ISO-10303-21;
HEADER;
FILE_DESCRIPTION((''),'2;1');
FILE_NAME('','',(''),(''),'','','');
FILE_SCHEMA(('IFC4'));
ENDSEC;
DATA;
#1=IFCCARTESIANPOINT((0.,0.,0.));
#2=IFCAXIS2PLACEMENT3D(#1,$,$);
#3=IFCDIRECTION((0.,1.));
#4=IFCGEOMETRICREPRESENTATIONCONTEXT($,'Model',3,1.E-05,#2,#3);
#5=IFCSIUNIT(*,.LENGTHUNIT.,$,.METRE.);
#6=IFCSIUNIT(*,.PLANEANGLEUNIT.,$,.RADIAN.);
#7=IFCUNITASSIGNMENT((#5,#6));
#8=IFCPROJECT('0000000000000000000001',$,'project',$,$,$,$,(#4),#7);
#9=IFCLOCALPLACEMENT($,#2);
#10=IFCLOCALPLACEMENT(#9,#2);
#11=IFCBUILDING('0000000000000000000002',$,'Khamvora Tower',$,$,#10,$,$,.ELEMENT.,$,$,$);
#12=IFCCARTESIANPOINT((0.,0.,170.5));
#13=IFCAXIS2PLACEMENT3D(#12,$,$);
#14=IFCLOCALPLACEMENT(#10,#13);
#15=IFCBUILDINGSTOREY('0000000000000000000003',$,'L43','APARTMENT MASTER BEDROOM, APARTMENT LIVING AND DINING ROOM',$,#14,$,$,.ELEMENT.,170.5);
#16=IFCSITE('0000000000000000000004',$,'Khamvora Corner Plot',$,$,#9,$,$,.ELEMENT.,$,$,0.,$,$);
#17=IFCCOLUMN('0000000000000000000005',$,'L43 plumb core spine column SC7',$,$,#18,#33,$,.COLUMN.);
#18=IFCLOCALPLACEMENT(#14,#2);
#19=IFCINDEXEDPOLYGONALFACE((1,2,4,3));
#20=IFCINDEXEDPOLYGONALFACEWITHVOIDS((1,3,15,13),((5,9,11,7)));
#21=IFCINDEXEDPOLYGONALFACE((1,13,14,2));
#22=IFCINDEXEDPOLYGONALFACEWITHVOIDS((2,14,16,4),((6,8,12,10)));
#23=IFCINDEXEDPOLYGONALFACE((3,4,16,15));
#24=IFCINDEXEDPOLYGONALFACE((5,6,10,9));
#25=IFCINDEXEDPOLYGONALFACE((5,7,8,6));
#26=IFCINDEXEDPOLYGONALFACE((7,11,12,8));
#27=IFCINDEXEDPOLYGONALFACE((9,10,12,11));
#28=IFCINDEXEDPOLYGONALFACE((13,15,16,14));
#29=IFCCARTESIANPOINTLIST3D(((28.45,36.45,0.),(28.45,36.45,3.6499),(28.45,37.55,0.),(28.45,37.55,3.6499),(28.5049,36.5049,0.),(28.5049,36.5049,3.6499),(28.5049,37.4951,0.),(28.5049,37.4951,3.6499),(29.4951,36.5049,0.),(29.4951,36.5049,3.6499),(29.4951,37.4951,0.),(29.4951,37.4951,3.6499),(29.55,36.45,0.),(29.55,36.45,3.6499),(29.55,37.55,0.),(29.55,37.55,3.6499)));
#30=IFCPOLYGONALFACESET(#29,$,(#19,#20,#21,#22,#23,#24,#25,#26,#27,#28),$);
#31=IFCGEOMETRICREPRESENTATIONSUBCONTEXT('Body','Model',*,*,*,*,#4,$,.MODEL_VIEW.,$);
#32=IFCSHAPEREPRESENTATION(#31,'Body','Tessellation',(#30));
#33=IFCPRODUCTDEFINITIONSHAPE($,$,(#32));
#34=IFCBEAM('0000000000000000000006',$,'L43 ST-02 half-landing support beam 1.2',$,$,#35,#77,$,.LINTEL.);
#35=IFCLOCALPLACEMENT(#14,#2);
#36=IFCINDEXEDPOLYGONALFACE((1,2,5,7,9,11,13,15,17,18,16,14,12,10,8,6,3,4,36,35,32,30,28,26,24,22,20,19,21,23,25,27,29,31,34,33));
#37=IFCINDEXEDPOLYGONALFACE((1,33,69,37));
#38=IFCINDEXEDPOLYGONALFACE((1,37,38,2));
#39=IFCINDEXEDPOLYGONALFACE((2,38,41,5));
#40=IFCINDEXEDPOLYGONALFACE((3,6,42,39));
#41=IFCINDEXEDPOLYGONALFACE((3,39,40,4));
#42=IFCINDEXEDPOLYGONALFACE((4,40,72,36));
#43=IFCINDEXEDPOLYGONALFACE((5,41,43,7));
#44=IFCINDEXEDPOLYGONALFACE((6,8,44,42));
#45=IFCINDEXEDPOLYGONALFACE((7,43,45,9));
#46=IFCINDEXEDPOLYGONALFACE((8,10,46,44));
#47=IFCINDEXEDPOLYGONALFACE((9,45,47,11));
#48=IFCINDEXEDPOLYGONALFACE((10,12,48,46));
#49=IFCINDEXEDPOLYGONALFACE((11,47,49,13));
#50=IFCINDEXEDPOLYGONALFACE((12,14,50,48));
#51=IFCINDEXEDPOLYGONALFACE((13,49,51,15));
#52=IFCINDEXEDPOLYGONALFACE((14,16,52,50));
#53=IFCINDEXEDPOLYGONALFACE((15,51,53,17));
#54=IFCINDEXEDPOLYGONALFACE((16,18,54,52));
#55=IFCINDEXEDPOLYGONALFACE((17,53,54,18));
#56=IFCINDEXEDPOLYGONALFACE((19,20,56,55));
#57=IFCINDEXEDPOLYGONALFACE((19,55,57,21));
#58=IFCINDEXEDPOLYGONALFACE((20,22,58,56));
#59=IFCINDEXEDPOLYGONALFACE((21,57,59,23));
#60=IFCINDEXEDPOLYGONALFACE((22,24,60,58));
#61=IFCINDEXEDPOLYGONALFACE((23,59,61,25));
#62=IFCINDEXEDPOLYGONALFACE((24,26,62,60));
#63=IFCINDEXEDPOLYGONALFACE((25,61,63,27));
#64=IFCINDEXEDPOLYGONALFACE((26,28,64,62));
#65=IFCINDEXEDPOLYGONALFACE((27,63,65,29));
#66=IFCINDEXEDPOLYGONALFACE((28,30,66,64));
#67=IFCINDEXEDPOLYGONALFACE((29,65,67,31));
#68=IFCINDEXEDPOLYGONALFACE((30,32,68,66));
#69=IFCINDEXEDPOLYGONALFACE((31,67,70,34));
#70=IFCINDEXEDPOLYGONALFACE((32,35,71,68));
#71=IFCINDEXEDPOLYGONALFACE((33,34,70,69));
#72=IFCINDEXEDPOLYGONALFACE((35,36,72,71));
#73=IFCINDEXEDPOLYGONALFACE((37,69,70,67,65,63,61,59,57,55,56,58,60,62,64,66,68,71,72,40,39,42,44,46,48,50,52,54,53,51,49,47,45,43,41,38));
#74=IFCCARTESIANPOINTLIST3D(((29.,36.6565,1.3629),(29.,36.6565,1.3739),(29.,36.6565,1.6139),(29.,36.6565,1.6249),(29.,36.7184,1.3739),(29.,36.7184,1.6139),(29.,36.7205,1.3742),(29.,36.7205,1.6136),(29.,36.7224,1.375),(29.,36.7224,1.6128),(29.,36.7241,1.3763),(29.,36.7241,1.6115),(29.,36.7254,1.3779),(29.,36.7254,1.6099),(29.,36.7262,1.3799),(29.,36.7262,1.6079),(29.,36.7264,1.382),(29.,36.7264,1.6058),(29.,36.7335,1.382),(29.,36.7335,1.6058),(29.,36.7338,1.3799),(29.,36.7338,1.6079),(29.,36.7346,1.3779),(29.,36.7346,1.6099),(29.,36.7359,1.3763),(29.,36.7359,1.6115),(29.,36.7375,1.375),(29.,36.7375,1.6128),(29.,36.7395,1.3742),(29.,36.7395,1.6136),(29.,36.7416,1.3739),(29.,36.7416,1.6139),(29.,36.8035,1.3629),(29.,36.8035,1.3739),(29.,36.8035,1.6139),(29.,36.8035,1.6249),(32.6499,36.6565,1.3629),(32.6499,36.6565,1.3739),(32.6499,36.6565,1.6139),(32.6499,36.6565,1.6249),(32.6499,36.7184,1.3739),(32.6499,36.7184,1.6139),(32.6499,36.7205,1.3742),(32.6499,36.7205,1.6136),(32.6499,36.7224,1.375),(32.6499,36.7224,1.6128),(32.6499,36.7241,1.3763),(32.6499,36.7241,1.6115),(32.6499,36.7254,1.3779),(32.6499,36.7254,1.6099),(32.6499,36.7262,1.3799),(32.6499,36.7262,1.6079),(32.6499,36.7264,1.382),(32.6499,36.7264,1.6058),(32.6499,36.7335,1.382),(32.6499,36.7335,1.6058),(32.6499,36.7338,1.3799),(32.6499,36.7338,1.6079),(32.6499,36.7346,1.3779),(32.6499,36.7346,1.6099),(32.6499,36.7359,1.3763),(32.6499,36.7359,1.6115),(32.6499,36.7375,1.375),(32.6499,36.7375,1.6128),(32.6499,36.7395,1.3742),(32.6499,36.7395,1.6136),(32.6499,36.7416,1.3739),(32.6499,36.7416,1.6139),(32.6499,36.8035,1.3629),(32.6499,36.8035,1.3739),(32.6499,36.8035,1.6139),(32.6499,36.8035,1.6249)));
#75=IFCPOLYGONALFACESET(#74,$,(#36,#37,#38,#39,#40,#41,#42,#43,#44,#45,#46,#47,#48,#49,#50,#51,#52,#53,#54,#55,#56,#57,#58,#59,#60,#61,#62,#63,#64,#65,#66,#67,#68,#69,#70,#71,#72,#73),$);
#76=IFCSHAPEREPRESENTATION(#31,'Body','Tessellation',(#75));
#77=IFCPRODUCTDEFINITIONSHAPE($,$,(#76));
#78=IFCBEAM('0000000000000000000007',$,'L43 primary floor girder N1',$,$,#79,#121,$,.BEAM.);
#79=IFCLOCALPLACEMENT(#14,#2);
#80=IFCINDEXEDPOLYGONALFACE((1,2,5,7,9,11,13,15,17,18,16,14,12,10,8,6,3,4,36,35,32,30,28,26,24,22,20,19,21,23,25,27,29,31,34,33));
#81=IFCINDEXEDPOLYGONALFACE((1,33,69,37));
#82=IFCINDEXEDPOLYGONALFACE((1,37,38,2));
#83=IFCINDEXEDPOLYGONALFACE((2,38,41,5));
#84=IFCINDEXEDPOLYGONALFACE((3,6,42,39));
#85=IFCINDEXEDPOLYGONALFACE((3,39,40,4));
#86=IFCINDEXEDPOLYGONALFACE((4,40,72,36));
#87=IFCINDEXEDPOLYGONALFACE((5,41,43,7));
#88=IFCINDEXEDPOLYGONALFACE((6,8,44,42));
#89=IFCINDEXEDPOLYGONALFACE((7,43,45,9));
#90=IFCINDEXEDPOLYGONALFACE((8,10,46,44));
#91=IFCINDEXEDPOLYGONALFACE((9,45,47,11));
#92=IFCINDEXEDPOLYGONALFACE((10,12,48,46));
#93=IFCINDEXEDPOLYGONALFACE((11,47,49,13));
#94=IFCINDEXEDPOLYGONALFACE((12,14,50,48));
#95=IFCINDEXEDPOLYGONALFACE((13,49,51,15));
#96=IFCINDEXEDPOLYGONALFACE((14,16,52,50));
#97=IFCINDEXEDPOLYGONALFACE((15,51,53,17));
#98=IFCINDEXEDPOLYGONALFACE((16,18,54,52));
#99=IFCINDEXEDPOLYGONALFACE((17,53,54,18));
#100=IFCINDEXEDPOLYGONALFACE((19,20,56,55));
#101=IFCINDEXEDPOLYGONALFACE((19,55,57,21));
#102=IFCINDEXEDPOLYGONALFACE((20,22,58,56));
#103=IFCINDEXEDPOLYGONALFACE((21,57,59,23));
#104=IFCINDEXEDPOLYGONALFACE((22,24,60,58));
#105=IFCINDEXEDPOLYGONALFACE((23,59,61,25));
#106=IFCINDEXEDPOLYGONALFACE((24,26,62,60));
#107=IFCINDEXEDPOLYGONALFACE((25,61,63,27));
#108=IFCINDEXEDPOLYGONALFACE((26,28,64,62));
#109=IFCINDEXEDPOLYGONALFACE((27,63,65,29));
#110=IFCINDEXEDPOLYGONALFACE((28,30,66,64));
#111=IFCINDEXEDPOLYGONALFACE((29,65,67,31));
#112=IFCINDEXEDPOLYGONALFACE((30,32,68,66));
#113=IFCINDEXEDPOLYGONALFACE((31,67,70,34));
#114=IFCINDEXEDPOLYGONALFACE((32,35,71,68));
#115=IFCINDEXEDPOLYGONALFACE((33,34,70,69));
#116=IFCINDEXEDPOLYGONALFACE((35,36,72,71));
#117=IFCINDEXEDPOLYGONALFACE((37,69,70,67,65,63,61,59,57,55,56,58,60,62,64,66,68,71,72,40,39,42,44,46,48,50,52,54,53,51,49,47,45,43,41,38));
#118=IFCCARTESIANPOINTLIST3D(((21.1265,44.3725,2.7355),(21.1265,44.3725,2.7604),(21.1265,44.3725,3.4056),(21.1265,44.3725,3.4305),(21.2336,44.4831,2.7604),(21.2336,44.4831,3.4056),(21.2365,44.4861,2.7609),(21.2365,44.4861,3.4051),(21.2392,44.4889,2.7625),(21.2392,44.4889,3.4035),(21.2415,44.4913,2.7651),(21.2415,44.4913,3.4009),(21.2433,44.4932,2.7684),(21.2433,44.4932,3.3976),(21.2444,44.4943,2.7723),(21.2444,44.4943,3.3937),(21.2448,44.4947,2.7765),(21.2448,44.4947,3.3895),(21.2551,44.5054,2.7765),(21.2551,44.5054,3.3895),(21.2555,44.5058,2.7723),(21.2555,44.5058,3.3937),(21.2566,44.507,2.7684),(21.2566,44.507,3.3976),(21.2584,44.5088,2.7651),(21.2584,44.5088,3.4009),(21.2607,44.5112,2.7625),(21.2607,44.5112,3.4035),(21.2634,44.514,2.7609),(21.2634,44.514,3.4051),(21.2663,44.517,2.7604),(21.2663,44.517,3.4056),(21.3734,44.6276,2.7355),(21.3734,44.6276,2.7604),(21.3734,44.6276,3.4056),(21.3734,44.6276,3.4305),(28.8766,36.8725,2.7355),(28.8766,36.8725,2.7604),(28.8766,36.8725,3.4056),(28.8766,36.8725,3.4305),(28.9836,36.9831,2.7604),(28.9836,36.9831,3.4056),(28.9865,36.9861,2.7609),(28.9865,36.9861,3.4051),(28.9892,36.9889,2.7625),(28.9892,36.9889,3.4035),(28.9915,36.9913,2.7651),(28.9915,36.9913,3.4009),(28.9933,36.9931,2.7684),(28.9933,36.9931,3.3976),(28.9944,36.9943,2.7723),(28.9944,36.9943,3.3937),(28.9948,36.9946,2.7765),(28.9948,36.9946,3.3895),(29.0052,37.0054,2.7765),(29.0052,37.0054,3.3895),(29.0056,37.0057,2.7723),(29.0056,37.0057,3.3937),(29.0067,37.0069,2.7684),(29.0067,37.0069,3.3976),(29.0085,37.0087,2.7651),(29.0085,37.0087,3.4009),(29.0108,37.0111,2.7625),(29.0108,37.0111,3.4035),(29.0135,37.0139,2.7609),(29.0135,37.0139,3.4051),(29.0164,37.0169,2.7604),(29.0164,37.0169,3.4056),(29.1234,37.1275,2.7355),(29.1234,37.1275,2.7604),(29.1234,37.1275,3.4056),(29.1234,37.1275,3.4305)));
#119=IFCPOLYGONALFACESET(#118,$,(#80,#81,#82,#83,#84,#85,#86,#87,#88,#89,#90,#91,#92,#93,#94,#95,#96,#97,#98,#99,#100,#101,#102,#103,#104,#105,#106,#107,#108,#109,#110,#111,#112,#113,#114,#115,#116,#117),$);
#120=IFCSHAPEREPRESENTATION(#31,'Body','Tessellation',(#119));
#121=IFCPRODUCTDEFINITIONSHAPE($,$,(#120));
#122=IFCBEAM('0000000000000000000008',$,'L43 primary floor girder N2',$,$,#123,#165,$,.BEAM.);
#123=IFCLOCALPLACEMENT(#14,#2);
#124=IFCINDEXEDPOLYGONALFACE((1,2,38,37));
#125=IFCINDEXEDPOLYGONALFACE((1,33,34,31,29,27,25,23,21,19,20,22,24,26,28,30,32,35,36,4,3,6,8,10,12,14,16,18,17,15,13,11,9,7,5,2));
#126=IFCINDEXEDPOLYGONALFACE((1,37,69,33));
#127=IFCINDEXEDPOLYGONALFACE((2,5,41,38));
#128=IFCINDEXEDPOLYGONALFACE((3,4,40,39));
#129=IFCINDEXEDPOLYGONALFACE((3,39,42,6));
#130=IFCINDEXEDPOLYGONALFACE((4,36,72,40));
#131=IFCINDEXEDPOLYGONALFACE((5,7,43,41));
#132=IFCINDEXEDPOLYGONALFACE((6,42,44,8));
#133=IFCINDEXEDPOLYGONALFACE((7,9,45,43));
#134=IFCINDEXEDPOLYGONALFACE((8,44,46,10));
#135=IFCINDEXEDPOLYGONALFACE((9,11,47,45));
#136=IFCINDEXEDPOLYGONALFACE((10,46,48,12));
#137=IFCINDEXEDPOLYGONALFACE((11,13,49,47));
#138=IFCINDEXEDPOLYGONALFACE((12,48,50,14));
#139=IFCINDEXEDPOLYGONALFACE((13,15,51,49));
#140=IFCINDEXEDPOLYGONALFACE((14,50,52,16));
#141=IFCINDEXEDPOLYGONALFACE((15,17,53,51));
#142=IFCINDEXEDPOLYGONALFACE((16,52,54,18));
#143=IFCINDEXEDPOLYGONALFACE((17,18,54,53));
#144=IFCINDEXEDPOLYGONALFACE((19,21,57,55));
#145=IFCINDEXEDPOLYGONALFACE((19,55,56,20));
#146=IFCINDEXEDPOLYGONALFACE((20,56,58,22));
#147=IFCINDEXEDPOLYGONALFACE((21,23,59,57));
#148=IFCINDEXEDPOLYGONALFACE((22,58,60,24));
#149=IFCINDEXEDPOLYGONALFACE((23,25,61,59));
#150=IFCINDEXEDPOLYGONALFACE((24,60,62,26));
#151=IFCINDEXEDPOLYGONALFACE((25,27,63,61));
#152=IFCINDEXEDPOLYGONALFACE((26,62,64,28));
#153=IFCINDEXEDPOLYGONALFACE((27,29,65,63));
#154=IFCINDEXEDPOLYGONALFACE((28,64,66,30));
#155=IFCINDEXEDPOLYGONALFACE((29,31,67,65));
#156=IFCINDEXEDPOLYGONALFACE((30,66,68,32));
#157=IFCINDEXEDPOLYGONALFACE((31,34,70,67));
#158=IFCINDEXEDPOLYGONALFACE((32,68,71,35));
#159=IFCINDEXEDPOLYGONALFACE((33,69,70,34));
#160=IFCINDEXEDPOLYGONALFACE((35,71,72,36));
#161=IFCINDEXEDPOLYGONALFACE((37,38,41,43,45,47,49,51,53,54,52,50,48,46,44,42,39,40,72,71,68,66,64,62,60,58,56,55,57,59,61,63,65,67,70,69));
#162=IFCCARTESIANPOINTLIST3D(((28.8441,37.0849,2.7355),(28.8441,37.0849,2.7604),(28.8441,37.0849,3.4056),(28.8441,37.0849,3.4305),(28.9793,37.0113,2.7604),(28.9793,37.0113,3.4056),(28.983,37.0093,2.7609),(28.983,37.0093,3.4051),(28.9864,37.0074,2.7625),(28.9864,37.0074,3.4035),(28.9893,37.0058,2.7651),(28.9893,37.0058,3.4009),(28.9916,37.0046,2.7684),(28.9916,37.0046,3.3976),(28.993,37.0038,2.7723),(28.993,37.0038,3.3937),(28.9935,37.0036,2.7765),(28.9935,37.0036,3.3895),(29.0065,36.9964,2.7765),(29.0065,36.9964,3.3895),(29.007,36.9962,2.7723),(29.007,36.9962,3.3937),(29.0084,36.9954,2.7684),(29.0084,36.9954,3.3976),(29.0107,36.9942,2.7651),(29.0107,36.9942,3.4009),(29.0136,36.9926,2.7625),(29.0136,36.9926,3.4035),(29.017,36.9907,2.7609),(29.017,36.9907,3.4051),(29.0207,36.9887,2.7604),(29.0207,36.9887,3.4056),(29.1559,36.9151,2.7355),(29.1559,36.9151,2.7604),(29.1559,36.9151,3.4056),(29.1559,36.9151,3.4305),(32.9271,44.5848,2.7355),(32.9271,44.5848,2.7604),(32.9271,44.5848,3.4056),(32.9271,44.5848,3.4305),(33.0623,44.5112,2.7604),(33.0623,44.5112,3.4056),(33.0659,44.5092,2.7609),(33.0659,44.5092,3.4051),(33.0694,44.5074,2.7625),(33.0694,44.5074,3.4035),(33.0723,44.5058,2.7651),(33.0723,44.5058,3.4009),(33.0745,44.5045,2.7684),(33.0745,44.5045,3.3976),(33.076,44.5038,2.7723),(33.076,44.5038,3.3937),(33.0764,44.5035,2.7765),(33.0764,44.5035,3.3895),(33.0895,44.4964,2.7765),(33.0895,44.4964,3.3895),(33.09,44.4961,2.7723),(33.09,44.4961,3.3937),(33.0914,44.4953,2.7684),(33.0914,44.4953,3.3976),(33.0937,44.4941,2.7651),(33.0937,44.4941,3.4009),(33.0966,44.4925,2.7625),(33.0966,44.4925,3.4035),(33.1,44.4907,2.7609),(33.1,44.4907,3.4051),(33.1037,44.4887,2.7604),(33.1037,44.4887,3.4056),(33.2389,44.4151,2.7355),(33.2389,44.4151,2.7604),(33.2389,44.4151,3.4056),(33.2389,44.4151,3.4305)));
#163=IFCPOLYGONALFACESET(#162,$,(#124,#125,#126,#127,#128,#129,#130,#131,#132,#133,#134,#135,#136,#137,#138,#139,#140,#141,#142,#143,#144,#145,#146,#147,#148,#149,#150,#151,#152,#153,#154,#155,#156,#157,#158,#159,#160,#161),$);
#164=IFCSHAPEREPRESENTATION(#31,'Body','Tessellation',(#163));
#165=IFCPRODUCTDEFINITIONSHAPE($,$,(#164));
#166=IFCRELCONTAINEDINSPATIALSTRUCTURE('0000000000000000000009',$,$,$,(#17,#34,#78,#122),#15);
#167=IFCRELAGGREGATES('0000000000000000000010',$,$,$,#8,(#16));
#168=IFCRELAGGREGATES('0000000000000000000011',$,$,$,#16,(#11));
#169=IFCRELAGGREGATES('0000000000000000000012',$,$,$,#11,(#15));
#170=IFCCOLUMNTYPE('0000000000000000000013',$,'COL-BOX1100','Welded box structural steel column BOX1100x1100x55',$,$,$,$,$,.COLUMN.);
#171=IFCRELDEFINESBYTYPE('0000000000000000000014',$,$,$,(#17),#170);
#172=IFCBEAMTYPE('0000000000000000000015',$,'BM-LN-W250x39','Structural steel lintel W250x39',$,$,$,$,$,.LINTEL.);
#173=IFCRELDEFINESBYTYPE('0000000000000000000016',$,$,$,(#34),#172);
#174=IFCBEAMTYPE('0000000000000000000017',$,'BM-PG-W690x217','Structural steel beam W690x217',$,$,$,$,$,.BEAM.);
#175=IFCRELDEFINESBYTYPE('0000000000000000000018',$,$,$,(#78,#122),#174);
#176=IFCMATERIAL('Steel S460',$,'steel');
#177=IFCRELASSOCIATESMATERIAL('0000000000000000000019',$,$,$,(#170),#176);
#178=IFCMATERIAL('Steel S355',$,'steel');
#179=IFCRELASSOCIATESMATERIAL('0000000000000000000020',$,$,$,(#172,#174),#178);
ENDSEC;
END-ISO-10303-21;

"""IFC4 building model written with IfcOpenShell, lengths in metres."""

from ifc_helpers import new_model, si_unit, direction, frame, origin, origin_2d, place, context, subcontext, project, spatial, hollow_rectangle, i_section, extrude, material, material_profile, profile_set, type_object, element, save


model = new_model("IFC4")

# Units and contexts
model_context = context("Model", 3, precision=1e-05, world=origin(), true_north=direction((0.0, 1.0)))
body_context = subcontext(model_context, "Body", "Model", "MODEL_VIEW")
ifc_project = project(units=[si_unit("LENGTHUNIT", "METRE"), si_unit("PLANEANGLEUNIT", "RADIAN")], contexts=[model_context])

# Site, building, storey
site_placement = place(None, origin())
site = spatial("IfcSite", under=ifc_project, at=site_placement, Name="Khamvora Corner Plot", CompositionType="ELEMENT", RefElevation=0.0)
building_placement = place(site_placement, origin())
building = spatial("IfcBuilding", under=site, at=building_placement, Name="Khamvora Tower", CompositionType="ELEMENT")
storey_placement = place(building_placement, frame((0.0, 0.0, 170.5)))
storey = spatial("IfcBuildingStorey", under=building, at=storey_placement, Name="L43", Description="APARTMENT MASTER BEDROOM, APARTMENT LIVING AND DINING ROOM", CompositionType="ELEMENT", Elevation=170.5)

# Column
ifc_material_1 = material(Name="Steel S460", Category="steel")
ifc_material_profile_1 = material_profile(ifc_material_1, hollow_rectangle(XDim=1.1001, YDim=1.1001, WallThickness=0.0549, at=origin_2d()), Name="BOX1100x1100x55")
ifc_profile_set_1 = profile_set([ifc_material_profile_1], Name="Steel S460")
column_type = type_object("IfcColumnType", Name="COL-BOX1100", Description="Welded box structural steel column BOX1100x1100x55", PredefinedType="COLUMN", material=ifc_profile_set_1)
column_placement = place(storey_placement, frame((29.0, 37.0, 0.0), z_axis=(0.0, 0.0, 1.0), x_axis=(1.0, 0.0, 0.0)))
element("IfcColumn", 1, at=column_placement, inside=storey, type_object=column_type, Name="L43 plumb core spine column SC7", PredefinedType="COLUMN", context=body_context, shape_type="SweptSolid", body=[
    extrude(hollow_rectangle(XDim=1.1001, YDim=1.1001, WallThickness=0.0549, at=origin_2d()), origin(), (0.0, 0.0, 1.0), 3.6499),
])

# Beams
ifc_material_2 = material(Name="Steel S355", Category="steel")
ifc_material_profile_2 = material_profile(ifc_material_2, i_section(OverallWidth=0.147, OverallDepth=0.262, WebThickness=0.0071, FlangeThickness=0.011, FilletRadius=0.0081, at=origin_2d()), Name="W250x39")
ifc_profile_set_2 = profile_set([ifc_material_profile_2], Name="Steel S355")
beam_type_1 = type_object("IfcBeamType", Name="BM-LN-W250x39", Description="Structural steel lintel W250x39", PredefinedType="LINTEL", material=ifc_profile_set_2)
beam_1_placement = place(storey_placement, frame((29.0, 36.73, 1.4939), z_axis=(1.0, 0.0, 0.0), x_axis=(0.0, 1.0, 0.0)))
element("IfcBeam", 2, at=beam_1_placement, inside=storey, type_object=beam_type_1, Name="L43 ST-02 half-landing support beam 1.2", PredefinedType="LINTEL", context=body_context, shape_type="SweptSolid", body=[
    extrude(i_section(OverallWidth=0.147, OverallDepth=0.262, WebThickness=0.0071, FlangeThickness=0.011, FilletRadius=0.0081, at=origin_2d()), origin(), (0.0, 0.0, 1.0), 3.6499),
])
ifc_material_profile_3 = material_profile(ifc_material_2, i_section(OverallWidth=0.355, OverallDepth=0.6951, WebThickness=0.0149, FlangeThickness=0.0249, FilletRadius=0.0161, at=origin_2d()), Name="W690x217")
ifc_profile_set_3 = profile_set([ifc_material_profile_3], Name="Steel S355")
beam_type_2 = type_object("IfcBeamType", Name="BM-PG-W690x217", Description="Structural steel beam W690x217", PredefinedType="BEAM", material=ifc_profile_set_3)
beam_2_placement = place(storey_placement, frame((29.0, 37.0, 3.083), z_axis=(-0.718602, 0.695421, 0.0), x_axis=(-0.695421, -0.718602, 0.0)))
element("IfcBeam", 3, at=beam_2_placement, inside=storey, type_object=beam_type_2, Name="L43 primary floor girder N1", PredefinedType="BEAM", context=body_context, shape_type="SweptSolid", body=[
    extrude(i_section(OverallWidth=0.355, OverallDepth=0.6951, WebThickness=0.0149, FlangeThickness=0.0249, FilletRadius=0.0161, at=origin_2d()), origin(), (0.0, 0.0, 1.0), 10.7849),
])
beam_3_placement = place(storey_placement, frame((29.0, 37.0, 3.083), z_axis=(0.478139, 0.878284, 0.0), x_axis=(-0.878284, 0.478139, 0.0)))
element("IfcBeam", 4, at=beam_3_placement, inside=storey, type_object=beam_type_2, Name="L43 primary floor girder N2", PredefinedType="BEAM", context=body_context, shape_type="SweptSolid", body=[
    extrude(i_section(OverallWidth=0.355, OverallDepth=0.6951, WebThickness=0.0149, FlangeThickness=0.0249, FilletRadius=0.0161, at=origin_2d()), origin(), (0.0, 0.0, 1.0), 8.5393),
])

save(model, "model.ifc")
